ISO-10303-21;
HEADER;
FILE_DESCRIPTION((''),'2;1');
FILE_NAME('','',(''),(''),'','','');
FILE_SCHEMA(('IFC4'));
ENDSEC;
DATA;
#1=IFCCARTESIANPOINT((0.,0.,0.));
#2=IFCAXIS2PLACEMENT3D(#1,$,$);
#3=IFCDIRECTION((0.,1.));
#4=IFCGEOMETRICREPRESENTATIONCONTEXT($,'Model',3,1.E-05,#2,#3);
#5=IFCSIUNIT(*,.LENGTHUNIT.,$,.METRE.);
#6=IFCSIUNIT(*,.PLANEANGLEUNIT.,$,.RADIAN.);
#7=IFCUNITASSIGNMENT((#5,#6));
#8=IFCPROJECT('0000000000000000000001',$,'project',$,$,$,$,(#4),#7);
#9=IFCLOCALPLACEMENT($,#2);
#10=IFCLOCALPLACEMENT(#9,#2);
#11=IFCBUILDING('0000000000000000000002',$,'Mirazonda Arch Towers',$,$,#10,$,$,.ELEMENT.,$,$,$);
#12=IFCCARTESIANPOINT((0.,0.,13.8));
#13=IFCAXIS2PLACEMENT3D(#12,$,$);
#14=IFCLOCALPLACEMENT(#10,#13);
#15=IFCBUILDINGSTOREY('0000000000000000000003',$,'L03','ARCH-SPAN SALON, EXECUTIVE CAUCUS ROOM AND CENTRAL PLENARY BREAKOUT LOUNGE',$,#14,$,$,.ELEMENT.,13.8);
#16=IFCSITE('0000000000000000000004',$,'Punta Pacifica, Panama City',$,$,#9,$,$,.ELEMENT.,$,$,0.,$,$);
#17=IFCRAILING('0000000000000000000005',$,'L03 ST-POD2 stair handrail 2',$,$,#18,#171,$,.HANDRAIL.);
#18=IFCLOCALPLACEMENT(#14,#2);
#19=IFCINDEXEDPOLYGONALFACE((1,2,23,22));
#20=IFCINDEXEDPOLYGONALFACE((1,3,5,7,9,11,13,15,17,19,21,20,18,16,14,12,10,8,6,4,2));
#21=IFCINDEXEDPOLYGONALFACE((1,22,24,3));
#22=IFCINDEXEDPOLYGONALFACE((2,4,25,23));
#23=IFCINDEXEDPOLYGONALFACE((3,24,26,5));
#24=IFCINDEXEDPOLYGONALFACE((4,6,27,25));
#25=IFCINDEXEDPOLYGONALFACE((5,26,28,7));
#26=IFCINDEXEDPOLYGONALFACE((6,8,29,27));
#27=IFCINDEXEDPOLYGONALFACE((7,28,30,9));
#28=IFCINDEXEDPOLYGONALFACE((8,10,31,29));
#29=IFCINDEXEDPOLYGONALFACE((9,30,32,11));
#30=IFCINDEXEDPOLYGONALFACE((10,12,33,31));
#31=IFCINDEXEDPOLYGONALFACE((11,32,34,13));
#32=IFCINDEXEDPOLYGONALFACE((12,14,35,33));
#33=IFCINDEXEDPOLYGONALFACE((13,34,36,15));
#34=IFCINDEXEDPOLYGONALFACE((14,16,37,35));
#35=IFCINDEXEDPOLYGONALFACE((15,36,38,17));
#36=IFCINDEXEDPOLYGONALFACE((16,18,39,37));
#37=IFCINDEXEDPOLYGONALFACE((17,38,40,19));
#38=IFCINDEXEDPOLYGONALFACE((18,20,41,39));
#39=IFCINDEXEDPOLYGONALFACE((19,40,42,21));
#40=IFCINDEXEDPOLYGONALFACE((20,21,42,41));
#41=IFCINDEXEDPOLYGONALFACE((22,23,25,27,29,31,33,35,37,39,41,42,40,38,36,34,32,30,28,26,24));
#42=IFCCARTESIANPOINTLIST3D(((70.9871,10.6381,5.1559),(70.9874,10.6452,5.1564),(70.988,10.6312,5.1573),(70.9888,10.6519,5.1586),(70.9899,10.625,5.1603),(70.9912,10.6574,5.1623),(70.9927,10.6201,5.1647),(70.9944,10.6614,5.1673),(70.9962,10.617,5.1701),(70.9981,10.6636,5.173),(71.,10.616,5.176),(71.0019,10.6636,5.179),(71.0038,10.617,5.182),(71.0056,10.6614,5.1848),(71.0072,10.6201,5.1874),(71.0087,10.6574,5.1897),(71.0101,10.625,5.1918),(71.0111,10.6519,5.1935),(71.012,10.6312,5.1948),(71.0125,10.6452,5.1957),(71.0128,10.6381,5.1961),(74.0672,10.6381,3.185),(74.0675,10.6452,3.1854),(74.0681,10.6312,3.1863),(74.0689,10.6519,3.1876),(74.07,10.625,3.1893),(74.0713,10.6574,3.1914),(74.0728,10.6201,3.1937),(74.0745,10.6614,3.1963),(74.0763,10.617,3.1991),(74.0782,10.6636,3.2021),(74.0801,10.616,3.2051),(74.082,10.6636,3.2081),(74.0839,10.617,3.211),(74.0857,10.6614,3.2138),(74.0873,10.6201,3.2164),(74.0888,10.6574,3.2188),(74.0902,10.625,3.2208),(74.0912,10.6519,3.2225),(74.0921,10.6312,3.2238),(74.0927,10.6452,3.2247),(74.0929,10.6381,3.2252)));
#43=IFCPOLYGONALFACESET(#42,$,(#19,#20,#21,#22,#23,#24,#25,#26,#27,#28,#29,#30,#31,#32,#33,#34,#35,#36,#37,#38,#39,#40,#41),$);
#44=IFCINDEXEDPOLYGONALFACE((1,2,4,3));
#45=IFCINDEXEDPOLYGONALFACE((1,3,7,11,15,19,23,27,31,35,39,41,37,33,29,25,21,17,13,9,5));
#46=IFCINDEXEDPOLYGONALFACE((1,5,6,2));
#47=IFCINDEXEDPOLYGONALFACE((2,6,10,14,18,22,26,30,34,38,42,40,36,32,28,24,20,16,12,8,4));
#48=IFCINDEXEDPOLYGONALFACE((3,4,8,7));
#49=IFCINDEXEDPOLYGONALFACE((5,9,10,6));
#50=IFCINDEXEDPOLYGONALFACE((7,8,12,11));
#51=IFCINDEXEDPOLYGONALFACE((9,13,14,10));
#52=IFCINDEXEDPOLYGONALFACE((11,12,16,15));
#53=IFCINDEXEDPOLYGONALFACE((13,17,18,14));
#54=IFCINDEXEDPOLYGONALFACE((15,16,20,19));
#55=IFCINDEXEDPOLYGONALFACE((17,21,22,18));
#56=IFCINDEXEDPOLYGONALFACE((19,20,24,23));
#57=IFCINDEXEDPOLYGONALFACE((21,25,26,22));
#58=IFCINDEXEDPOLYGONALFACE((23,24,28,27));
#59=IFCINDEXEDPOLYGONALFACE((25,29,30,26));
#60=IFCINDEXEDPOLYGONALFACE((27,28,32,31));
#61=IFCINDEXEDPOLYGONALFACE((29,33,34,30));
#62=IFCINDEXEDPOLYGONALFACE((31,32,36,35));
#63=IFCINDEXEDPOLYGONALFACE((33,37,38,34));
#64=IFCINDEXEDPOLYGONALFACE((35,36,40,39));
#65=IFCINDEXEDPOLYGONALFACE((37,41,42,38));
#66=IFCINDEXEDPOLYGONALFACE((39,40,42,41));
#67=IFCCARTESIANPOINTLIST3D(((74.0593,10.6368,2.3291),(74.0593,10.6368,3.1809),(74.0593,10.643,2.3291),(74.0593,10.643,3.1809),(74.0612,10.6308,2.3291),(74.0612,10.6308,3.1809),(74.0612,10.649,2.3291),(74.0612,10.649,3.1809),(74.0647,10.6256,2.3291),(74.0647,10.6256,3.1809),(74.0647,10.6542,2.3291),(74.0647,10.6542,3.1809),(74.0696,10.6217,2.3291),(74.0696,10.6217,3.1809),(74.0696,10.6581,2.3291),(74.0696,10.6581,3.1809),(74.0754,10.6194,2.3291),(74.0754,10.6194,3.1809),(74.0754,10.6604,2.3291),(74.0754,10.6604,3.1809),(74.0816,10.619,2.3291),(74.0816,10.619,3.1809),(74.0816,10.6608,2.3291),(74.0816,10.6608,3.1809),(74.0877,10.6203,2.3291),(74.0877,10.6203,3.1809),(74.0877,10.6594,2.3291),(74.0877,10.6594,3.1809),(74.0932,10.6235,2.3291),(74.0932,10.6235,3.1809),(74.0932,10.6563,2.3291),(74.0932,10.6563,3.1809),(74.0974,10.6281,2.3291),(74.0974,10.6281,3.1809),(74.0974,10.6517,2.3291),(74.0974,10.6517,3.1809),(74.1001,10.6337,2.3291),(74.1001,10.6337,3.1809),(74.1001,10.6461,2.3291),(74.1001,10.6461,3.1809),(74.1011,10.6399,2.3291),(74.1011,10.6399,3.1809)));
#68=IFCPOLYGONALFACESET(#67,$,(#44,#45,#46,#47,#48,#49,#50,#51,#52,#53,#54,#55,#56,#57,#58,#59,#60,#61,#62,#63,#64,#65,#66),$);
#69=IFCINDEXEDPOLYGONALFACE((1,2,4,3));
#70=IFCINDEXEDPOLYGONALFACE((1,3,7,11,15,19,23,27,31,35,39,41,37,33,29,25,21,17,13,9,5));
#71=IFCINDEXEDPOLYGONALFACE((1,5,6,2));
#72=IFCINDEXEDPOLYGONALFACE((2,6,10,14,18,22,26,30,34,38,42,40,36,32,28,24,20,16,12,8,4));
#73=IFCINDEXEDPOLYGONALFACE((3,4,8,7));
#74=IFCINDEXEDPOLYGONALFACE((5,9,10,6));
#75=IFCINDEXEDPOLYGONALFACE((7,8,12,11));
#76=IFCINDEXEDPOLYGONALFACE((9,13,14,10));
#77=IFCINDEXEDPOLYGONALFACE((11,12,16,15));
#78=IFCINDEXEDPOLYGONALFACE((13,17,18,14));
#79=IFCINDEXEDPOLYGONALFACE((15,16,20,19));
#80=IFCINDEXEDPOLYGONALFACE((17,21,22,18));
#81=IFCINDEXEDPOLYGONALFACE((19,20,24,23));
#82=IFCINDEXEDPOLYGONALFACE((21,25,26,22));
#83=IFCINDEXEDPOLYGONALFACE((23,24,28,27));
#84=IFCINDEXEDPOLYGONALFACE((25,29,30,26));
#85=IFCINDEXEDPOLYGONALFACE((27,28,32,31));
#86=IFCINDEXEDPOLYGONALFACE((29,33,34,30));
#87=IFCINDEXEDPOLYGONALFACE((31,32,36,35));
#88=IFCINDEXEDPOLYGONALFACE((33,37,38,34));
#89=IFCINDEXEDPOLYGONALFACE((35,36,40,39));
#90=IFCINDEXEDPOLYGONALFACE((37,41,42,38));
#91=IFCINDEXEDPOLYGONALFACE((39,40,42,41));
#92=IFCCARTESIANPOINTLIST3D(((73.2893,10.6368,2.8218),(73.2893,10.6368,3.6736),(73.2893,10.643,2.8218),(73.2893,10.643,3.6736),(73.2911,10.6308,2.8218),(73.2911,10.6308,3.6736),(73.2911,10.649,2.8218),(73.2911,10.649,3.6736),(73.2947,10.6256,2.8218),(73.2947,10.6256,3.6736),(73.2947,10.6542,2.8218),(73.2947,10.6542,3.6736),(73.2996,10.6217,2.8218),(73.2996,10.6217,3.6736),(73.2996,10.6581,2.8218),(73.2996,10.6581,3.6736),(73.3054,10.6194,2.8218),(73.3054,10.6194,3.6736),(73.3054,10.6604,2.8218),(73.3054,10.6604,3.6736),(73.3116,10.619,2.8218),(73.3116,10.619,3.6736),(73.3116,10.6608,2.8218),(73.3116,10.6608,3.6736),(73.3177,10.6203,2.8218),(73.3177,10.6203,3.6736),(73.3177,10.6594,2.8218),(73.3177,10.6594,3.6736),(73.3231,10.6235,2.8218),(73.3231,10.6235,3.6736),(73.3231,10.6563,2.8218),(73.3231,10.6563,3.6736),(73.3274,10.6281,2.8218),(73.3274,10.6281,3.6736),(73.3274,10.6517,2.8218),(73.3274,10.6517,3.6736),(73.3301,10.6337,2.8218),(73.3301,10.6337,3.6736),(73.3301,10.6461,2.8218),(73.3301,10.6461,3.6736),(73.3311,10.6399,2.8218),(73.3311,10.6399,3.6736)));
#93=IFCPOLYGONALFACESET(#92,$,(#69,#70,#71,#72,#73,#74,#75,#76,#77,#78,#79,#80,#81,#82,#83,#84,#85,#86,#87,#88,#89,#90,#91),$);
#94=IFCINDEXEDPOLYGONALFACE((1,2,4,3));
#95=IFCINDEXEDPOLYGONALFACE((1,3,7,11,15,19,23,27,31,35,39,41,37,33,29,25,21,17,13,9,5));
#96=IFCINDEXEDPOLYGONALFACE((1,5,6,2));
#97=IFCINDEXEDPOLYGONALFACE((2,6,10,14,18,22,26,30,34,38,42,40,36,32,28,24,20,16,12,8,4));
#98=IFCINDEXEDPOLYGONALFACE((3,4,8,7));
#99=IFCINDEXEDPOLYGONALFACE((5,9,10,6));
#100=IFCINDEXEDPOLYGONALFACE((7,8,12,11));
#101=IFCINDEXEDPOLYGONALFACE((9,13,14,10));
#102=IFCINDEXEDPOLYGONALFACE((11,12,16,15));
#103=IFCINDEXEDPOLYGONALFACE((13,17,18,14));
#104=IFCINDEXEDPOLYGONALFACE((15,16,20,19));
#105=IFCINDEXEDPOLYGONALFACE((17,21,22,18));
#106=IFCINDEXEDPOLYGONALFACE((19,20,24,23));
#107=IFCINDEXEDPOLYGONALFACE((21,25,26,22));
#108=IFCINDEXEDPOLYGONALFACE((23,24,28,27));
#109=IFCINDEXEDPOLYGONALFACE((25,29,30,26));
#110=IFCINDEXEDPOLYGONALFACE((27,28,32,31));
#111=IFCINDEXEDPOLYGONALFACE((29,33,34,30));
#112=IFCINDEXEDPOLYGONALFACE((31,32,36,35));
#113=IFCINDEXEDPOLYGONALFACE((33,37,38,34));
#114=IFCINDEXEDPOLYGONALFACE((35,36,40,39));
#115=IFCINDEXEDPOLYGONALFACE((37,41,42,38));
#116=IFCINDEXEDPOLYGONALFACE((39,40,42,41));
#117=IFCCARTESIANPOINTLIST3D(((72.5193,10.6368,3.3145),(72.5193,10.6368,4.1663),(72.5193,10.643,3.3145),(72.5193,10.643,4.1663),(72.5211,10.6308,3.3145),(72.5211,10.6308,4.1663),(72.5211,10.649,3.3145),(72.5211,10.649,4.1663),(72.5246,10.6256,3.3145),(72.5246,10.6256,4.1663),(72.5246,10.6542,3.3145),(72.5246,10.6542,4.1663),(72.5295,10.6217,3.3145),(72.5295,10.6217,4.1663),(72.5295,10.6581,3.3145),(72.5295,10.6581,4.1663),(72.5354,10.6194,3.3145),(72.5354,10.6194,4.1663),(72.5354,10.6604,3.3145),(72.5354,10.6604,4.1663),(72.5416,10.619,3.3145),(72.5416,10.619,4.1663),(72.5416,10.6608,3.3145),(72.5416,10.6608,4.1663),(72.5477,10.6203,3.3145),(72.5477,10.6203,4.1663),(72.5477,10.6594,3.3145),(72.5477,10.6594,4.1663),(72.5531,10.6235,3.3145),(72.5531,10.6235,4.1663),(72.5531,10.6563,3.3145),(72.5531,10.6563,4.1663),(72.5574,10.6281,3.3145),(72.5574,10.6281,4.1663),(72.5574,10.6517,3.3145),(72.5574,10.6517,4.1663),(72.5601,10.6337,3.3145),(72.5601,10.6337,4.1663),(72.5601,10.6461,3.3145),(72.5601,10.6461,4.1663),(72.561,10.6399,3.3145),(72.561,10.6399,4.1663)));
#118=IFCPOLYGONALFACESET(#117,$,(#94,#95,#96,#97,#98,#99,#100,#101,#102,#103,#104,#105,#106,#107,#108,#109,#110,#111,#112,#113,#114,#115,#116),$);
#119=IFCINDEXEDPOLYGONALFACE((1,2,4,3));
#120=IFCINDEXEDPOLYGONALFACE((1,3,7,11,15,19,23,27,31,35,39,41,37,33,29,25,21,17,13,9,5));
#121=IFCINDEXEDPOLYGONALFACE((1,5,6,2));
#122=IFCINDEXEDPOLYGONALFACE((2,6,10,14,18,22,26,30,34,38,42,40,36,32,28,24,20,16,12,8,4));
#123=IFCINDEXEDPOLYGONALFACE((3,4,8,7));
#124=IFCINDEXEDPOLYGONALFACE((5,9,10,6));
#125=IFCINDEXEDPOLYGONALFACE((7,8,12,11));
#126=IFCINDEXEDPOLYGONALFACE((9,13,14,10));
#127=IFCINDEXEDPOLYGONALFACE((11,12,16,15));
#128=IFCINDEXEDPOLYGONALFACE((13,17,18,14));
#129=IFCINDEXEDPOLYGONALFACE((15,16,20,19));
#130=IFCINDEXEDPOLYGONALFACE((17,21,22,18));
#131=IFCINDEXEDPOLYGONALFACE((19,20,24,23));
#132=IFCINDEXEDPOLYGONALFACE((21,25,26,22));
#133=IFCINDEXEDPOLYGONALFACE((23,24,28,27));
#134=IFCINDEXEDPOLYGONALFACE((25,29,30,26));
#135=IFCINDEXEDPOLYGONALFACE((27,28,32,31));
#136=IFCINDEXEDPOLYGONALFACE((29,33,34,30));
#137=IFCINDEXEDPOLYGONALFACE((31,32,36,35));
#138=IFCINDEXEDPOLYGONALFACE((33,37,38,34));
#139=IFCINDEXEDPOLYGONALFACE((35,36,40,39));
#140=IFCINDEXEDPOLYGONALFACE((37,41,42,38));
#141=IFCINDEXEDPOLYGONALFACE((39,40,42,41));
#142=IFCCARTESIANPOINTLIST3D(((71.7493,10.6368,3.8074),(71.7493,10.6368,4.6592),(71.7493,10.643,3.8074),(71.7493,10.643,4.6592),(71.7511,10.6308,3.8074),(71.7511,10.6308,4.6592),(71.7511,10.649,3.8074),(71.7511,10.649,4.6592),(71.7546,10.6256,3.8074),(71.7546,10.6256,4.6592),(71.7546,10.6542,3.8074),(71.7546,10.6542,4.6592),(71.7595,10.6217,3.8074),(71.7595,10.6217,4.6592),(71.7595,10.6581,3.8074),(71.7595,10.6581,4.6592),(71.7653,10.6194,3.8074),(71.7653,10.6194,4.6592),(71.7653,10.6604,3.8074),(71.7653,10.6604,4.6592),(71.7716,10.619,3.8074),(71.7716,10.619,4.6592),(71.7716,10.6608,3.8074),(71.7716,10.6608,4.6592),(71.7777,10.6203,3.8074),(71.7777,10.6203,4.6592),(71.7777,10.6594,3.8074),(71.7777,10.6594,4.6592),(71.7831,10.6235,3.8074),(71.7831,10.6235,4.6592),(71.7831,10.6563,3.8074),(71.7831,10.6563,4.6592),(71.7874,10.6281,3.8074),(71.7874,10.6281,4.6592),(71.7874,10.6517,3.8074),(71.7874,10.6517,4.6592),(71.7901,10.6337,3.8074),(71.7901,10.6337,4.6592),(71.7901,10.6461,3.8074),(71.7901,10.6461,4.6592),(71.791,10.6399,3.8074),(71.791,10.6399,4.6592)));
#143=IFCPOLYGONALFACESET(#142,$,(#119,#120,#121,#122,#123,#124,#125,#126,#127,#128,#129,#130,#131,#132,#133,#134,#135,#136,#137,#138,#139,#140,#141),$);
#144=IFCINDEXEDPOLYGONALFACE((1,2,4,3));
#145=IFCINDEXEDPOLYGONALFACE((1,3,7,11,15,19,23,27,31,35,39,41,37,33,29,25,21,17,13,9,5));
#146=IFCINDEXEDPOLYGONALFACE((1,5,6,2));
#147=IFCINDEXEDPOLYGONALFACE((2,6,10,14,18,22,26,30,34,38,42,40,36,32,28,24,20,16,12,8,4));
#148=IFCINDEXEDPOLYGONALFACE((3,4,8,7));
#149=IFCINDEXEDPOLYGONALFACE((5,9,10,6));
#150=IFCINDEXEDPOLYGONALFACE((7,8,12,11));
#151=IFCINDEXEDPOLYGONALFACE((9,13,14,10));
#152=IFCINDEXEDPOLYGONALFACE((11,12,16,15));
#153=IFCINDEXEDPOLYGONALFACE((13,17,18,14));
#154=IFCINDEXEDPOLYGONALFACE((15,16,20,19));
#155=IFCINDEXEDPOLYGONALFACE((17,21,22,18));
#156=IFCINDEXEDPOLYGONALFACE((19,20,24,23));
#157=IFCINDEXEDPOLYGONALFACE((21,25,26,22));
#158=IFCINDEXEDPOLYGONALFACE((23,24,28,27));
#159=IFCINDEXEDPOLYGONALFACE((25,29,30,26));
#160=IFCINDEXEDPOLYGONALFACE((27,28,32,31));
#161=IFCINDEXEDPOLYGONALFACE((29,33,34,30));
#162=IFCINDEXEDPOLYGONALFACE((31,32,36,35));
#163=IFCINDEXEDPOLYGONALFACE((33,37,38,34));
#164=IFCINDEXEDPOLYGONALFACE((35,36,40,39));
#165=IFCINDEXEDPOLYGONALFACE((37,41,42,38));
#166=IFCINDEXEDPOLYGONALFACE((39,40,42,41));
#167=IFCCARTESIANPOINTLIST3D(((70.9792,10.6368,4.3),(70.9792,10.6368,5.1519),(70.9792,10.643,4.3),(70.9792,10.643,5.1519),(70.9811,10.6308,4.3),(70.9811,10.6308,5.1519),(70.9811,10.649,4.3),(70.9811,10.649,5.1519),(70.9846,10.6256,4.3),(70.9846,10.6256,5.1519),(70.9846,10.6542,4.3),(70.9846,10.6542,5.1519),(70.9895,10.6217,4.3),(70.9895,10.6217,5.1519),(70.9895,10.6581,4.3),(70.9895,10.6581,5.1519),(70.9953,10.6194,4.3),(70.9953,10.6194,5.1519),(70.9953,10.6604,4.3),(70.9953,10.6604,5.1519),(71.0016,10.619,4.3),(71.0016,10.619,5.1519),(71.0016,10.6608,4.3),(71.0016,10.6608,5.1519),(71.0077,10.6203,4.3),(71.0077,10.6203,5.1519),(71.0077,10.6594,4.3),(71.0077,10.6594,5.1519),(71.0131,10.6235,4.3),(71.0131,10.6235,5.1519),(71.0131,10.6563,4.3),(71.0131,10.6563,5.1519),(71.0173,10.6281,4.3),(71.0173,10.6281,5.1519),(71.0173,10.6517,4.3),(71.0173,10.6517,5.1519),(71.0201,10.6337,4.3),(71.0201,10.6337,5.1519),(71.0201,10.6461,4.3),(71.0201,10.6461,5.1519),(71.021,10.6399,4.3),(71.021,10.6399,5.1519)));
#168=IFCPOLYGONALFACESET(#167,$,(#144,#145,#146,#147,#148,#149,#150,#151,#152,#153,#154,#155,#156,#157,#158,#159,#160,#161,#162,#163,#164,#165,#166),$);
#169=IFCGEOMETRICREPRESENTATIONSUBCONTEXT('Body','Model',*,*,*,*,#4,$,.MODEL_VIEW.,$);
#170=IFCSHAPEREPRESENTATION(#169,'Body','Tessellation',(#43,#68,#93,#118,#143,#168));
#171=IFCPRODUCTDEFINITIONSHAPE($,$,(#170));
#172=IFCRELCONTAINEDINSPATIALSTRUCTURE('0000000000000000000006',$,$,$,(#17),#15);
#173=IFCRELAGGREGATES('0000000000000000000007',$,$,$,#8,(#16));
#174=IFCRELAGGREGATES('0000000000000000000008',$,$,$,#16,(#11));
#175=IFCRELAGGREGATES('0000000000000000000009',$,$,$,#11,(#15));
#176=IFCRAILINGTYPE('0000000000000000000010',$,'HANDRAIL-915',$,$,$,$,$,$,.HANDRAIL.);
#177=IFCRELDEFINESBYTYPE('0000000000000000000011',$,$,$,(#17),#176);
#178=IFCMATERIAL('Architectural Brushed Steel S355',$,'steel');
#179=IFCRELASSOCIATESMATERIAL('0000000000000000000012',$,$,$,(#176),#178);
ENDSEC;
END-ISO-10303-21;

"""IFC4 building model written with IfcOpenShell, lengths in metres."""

from ifc_helpers import new_model, si_unit, direction, frame, origin, origin_2d, place, context, subcontext, project, spatial, circle, extrude, material, type_object, element, save


model = new_model("IFC4")

# Units and contexts
model_context = context("Model", 3, precision=1e-05, world=origin(), true_north=direction((0.0, 1.0)))
body_context = subcontext(model_context, "Body", "Model", "MODEL_VIEW")
ifc_project = project(units=[si_unit("LENGTHUNIT", "METRE"), si_unit("PLANEANGLEUNIT", "RADIAN")], contexts=[model_context])

# Site, building, storey
site_placement = place(None, origin())
site = spatial("IfcSite", under=ifc_project, at=site_placement, Name="Punta Pacifica, Panama City", CompositionType="ELEMENT", RefElevation=0.0)
building_placement = place(site_placement, origin())
building = spatial("IfcBuilding", under=site, at=building_placement, Name="Mirazonda Arch Towers", CompositionType="ELEMENT")
storey_placement = place(building_placement, frame((0.0, 0.0, 13.8)))
storey = spatial("IfcBuildingStorey", under=building, at=storey_placement, Name="L03", Description="ARCH-SPAN SALON, EXECUTIVE CAUCUS ROOM AND CENTRAL PLENARY BREAKOUT LOUNGE", CompositionType="ELEMENT", Elevation=13.8)

# Railing
ifc_material_1 = material(Name="Architectural Brushed Steel S355", Category="steel")
railing_type_1 = type_object("IfcRailingType", Name="HANDRAIL-915", PredefinedType="HANDRAIL", material=ifc_material_1)
railing_1_placement = place(storey_placement, frame((74.0801, 10.6399, 2.3291)))
element("IfcRailing", 1, at=railing_1_placement, inside=storey, type_object=railing_type_1, Name="L03 ST-POD2 stair handrail 2", PredefinedType="HANDRAIL", context=body_context, shape_type="SweptSolid", body=[
    extrude(circle(Radius=0.0239, at=origin_2d()), frame((0.0, 0.0, 0.876), z_axis=(-0.842309, 0.0, 0.538995), x_axis=(0.0, -1.0, 0.0)), (0.0, 0.0, 1.0), 3.6567),
    extrude(circle(Radius=0.021, at=origin_2d()), origin(), (0.0, 0.0, 1.0), 0.8518),
    extrude(circle(Radius=0.021, at=origin_2d()), frame((-0.77, 0.0, 0.4927)), (0.0, 0.0, 1.0), 0.8518),
    extrude(circle(Radius=0.021, at=origin_2d()), frame((-1.54, 0.0, 0.9854)), (0.0, 0.0, 1.0), 0.8518),
    extrude(circle(Radius=0.021, at=origin_2d()), frame((-2.3101, 0.0, 1.4783)), (0.0, 0.0, 1.0), 0.8518),
    extrude(circle(Radius=0.021, at=origin_2d()), frame((-3.0801, 0.0, 1.9709)), (0.0, 0.0, 1.0), 0.8518),
])

save(model, "model.ifc")
